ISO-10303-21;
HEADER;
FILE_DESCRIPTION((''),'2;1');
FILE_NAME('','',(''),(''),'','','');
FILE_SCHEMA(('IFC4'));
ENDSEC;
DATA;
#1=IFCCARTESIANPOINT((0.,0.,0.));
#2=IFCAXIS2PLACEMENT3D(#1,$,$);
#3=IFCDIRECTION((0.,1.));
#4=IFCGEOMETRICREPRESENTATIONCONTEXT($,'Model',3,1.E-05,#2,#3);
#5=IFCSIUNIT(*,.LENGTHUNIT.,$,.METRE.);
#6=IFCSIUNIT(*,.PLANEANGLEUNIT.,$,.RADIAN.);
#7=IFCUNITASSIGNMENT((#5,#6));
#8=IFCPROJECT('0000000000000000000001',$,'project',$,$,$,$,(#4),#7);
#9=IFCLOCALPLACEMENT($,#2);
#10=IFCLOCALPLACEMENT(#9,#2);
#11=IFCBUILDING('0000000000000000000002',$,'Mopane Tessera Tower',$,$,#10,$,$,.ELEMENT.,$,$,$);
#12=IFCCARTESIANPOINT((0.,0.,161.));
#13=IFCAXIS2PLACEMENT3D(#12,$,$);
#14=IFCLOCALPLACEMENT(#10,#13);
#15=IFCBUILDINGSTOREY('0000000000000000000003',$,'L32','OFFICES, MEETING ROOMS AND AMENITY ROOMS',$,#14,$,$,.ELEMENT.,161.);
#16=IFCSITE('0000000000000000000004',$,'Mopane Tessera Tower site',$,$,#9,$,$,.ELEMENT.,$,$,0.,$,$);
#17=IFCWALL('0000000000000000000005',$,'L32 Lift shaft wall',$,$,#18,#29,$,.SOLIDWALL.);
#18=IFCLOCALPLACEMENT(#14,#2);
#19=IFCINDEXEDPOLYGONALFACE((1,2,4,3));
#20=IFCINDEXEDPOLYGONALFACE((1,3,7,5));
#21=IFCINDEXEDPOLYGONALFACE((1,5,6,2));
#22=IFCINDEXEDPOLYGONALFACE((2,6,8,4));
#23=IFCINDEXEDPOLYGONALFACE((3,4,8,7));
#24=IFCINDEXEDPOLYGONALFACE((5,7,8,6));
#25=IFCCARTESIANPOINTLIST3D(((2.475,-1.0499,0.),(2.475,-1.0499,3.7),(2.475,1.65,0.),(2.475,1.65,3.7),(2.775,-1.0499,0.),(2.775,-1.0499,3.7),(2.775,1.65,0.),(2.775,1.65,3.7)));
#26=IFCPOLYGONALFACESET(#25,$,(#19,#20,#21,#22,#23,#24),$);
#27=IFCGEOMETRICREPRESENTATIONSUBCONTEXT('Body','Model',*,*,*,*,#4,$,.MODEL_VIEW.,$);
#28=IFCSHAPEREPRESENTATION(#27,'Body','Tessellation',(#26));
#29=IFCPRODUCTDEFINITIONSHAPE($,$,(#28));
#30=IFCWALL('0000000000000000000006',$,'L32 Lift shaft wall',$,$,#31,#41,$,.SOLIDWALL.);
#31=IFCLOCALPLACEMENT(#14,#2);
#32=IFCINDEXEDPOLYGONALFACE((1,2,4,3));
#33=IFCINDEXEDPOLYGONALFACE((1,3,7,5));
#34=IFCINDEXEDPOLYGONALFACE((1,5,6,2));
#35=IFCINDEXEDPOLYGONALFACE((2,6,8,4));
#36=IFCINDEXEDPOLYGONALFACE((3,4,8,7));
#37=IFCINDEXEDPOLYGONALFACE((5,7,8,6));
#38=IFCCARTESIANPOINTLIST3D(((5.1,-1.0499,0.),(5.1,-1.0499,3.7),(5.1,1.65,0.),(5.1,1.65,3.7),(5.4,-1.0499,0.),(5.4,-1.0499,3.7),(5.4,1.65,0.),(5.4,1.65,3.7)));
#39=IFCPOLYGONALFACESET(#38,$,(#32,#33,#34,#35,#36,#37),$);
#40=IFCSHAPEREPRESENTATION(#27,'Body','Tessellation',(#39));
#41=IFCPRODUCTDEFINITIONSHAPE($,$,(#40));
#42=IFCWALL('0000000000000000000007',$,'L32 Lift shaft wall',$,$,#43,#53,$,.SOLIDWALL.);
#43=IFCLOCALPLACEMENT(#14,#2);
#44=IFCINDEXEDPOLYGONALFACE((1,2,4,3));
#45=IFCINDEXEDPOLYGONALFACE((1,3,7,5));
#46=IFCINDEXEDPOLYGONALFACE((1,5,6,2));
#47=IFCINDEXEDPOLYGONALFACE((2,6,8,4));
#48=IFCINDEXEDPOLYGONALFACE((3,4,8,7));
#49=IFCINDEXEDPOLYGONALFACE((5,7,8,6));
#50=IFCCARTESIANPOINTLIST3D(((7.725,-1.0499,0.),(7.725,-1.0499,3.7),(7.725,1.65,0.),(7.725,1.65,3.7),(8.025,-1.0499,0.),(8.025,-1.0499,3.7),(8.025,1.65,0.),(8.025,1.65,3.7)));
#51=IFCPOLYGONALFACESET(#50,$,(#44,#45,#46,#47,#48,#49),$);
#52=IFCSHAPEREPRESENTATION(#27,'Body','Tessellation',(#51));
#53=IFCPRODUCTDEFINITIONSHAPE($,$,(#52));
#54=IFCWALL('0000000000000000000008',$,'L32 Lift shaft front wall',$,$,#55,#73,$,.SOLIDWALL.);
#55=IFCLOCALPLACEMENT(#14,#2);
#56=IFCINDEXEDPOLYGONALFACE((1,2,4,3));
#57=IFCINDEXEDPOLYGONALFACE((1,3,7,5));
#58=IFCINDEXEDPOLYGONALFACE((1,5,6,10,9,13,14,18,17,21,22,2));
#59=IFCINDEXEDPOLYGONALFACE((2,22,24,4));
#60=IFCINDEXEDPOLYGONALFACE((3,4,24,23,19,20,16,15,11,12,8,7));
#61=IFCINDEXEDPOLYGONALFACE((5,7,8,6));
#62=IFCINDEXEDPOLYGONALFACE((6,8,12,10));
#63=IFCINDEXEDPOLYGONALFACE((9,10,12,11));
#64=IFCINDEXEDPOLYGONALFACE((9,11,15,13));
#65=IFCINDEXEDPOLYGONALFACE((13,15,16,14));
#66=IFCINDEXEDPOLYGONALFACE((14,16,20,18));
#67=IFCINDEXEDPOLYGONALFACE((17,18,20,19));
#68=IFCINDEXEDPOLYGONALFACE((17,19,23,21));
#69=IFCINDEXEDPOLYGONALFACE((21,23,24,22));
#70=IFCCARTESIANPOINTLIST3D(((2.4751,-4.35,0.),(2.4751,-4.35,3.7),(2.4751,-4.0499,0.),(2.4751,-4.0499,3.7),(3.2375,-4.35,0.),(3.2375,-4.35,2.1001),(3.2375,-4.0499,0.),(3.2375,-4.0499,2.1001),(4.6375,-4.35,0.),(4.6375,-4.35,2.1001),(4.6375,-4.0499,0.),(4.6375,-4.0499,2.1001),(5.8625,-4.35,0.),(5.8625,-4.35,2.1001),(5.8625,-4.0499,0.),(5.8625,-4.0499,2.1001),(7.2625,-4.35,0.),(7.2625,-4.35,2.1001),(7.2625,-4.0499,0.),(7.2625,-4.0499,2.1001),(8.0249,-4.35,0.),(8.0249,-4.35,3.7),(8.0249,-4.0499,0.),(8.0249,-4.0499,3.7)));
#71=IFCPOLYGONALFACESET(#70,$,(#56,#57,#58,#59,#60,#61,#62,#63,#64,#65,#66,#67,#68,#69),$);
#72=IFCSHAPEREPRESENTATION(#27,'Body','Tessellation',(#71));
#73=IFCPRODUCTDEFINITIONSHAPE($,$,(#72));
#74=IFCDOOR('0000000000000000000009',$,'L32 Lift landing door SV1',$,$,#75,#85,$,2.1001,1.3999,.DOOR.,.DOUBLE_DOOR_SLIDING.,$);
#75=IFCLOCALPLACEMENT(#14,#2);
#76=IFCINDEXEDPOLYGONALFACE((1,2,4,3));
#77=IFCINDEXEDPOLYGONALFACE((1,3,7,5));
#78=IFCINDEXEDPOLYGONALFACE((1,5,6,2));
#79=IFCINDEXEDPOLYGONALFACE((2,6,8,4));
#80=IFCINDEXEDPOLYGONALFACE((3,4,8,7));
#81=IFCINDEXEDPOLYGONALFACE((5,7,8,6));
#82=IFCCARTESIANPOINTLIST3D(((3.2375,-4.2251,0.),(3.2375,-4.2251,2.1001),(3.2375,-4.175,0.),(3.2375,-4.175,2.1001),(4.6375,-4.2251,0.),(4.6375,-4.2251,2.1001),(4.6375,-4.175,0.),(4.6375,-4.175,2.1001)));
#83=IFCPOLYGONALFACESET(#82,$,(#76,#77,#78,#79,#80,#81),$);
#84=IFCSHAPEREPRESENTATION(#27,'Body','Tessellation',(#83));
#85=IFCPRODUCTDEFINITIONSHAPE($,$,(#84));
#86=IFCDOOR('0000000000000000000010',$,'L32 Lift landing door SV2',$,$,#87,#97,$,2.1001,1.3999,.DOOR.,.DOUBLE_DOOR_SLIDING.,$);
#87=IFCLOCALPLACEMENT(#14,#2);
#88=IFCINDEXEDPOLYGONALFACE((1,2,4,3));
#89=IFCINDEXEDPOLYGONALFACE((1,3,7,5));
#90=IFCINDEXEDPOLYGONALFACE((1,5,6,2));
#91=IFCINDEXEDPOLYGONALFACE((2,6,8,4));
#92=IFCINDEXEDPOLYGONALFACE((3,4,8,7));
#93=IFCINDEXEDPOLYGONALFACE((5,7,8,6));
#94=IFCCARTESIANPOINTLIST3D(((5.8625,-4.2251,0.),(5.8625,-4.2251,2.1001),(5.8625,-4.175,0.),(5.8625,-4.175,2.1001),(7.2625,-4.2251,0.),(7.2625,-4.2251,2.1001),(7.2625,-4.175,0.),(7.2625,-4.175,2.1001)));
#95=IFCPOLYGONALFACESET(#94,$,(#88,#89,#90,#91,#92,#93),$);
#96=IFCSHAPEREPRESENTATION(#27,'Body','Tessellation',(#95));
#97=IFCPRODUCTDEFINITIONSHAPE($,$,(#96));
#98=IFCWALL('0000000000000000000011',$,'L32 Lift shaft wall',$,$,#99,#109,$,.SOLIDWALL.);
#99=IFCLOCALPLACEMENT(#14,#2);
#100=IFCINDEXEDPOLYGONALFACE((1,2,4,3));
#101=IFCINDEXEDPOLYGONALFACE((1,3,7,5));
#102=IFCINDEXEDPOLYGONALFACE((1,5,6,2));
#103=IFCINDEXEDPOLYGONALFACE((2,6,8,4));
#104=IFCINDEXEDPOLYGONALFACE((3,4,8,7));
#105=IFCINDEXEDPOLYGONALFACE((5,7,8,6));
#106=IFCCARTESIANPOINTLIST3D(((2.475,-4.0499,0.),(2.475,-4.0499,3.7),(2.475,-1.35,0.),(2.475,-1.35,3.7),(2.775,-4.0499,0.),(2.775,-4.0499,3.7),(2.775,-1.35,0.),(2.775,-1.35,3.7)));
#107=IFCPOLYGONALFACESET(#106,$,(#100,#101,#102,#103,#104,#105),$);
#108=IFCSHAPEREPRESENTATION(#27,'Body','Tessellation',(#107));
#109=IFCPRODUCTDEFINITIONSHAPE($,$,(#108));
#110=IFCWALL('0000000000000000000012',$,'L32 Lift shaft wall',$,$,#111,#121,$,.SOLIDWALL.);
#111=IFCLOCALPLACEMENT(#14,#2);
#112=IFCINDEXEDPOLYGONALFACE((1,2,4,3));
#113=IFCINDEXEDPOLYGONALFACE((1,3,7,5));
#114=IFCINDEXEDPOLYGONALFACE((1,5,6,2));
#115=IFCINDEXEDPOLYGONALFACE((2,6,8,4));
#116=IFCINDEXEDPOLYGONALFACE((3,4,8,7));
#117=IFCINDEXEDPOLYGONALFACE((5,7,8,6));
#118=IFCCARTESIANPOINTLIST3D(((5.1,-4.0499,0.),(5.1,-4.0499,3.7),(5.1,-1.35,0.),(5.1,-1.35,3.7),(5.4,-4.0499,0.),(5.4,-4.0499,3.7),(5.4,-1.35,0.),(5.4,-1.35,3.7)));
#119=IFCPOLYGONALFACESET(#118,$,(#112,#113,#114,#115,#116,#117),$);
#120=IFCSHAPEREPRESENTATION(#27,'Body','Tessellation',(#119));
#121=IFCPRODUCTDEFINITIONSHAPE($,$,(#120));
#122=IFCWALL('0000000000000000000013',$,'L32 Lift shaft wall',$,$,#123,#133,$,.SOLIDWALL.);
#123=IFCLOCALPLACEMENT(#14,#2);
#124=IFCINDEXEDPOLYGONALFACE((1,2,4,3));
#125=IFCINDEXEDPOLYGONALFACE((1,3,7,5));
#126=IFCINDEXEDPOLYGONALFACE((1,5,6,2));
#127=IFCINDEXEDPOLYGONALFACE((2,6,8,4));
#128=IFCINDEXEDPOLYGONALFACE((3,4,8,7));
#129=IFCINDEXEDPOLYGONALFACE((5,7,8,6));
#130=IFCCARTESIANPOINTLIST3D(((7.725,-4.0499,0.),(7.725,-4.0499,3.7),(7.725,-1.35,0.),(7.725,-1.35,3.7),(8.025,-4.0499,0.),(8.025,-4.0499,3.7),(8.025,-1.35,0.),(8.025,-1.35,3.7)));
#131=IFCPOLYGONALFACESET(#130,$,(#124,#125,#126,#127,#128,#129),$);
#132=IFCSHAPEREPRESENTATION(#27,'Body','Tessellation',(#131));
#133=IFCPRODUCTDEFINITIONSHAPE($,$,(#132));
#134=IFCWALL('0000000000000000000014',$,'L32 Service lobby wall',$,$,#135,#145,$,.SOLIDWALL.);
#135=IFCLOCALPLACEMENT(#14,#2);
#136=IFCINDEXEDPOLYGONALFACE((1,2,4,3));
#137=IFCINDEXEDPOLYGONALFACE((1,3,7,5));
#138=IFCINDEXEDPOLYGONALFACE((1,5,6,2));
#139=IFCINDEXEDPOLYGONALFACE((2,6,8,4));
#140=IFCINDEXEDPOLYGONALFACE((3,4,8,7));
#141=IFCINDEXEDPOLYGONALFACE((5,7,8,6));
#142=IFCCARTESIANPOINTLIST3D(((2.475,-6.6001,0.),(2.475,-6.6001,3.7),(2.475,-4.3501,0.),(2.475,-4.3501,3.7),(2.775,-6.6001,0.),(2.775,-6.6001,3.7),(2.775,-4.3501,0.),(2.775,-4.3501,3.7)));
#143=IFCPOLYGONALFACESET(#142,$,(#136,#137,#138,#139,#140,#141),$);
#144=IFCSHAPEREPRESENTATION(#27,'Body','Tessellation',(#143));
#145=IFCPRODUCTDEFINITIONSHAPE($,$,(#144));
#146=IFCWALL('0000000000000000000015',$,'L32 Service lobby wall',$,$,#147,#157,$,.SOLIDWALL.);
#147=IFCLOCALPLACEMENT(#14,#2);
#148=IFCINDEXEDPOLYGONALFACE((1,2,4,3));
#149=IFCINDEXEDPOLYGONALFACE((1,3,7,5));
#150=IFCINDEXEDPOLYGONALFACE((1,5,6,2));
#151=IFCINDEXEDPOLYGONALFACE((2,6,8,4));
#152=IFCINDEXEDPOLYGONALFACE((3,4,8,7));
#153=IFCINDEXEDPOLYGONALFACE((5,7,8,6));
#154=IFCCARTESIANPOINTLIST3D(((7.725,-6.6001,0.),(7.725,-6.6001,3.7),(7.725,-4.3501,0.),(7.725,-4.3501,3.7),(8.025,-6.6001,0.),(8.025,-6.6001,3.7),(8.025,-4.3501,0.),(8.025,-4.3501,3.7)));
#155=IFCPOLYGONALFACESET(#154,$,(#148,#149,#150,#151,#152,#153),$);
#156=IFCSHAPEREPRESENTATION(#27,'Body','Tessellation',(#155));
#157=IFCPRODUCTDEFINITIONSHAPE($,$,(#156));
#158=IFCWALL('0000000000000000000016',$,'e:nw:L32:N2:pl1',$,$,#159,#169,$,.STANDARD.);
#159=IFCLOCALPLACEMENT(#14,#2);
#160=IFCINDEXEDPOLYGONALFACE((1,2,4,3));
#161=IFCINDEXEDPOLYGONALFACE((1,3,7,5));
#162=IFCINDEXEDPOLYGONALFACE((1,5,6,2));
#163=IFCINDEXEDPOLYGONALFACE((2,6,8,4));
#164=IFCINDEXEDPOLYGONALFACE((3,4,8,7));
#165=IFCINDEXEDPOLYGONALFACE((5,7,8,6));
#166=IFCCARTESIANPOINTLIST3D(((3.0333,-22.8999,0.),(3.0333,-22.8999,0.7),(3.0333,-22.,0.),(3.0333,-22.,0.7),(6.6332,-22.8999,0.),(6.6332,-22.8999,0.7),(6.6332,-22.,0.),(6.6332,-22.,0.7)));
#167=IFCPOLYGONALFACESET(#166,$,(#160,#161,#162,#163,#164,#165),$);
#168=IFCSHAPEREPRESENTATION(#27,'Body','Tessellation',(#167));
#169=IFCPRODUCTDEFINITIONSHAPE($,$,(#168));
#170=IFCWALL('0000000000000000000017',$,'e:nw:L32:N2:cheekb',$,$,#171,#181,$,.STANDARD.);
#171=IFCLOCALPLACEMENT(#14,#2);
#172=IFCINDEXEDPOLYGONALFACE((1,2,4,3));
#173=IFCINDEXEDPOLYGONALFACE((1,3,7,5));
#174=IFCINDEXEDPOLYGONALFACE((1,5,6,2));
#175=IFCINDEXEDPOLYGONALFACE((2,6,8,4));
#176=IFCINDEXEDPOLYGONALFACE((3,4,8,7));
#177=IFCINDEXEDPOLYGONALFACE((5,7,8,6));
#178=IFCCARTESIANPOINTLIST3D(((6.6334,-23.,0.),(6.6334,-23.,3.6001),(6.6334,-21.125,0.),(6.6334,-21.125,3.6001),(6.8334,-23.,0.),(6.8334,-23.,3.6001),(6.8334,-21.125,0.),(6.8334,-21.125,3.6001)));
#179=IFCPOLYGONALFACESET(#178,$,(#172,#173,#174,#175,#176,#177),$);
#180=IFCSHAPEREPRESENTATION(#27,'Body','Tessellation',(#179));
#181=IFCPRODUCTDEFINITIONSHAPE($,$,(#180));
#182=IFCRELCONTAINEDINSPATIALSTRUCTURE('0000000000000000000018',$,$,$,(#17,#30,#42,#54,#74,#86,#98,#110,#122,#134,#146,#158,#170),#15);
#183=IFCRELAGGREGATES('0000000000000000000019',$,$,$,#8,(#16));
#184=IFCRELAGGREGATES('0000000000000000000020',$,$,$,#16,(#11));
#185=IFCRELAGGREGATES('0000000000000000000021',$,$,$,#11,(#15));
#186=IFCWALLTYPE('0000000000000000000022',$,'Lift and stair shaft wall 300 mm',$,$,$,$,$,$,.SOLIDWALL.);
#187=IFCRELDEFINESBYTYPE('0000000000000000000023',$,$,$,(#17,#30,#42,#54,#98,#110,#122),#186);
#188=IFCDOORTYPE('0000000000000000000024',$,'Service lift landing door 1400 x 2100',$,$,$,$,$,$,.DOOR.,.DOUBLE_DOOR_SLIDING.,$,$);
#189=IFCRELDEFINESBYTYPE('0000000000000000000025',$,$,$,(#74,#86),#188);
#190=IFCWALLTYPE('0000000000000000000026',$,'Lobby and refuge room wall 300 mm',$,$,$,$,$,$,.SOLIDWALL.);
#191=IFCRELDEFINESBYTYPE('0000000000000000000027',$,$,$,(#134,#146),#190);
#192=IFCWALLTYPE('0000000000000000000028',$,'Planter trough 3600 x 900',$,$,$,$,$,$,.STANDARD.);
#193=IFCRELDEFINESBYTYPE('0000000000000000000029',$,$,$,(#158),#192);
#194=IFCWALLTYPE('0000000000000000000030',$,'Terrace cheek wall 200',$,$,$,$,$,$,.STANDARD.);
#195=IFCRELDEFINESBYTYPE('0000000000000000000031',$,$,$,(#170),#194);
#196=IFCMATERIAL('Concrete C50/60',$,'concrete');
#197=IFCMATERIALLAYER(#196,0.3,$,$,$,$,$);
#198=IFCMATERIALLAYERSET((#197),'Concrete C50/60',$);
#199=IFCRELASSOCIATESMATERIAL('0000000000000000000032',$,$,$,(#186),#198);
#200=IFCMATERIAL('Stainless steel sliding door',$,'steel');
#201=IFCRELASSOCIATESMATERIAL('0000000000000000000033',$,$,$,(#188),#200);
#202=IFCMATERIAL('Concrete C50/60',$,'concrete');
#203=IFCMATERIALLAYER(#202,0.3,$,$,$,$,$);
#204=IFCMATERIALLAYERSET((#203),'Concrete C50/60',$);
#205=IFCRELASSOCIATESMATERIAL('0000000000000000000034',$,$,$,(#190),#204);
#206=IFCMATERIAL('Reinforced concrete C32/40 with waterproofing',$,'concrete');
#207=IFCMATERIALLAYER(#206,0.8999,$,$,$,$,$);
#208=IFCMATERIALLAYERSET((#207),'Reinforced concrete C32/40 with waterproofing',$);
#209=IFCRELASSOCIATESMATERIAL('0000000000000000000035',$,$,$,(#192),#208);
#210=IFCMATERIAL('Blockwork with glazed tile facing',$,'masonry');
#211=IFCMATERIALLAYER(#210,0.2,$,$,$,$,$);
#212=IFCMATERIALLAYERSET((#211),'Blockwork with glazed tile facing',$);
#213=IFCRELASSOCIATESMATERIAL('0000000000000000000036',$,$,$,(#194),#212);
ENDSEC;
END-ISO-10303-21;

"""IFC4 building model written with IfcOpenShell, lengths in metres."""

from ifc_helpers import new_model, si_unit, direction, frame, frame_2d, origin, place, context, subcontext, project, spatial, rectangle, extrude, material, layer, layer_set, type_object, element, fill, save


model = new_model("IFC4")

# Units and contexts
model_context = context("Model", 3, precision=1e-05, world=origin(), true_north=direction((0.0, 1.0)))
body_context = subcontext(model_context, "Body", "Model", "MODEL_VIEW")
ifc_project = project(units=[si_unit("LENGTHUNIT", "METRE"), si_unit("PLANEANGLEUNIT", "RADIAN")], contexts=[model_context])

# Site, building, storey
site_placement = place(None, origin())
site = spatial("IfcSite", under=ifc_project, at=site_placement, Name="Mopane Tessera Tower site", CompositionType="ELEMENT", RefElevation=0.0)
building_placement = place(site_placement, origin())
building = spatial("IfcBuilding", under=site, at=building_placement, Name="Mopane Tessera Tower", CompositionType="ELEMENT")
storey_placement = place(building_placement, frame((0.0, 0.0, 161.0)))
storey = spatial("IfcBuildingStorey", under=building, at=storey_placement, Name="L32", Description="OFFICES, MEETING ROOMS AND AMENITY ROOMS", CompositionType="ELEMENT", Elevation=161.0)

# Walls
ifc_material_1 = material(Name="Concrete C50/60", Category="concrete")
ifc_layer_1 = layer(ifc_material_1, 0.3)
ifc_layer_set_1 = layer_set([ifc_layer_1], Name="Concrete C50/60")
wall_type_1 = type_object("IfcWallType", Name="Lift and stair shaft wall 300 mm", PredefinedType="SOLIDWALL", material=ifc_layer_set_1)
for number, where, z_axis, x_axis, name in (
    (1, (2.625, -1.05, 0.0), (0.0, 0.0, 1.0), (0.0, 1.0, 0.0), "L32 Lift shaft wall"),
    (2, (5.25, -1.05, 0.0), (0.0, 0.0, 1.0), (0.0, 1.0, 0.0), "L32 Lift shaft wall"),
    (3, (7.875, -1.05, 0.0), (0.0, 0.0, 1.0), (0.0, 1.0, 0.0), "L32 Lift shaft wall"),
):
    element("IfcWall", number, at=place(storey_placement, frame(where, z_axis=z_axis, x_axis=x_axis)), inside=storey, type_object=wall_type_1, Name=name, PredefinedType="SOLIDWALL", context=body_context, shape_type="SweptSolid", body=[
        extrude(rectangle(XDim=2.7, YDim=0.3, at=frame_2d((1.3501, 0.0))), origin(), (0.0, 0.0, 1.0), 3.7),
    ])

# Wall, openings, doors
wall_1_placement = place(storey_placement, frame((2.4751, -4.2, 0.0), z_axis=(0.0, 0.0, 1.0), x_axis=(1.0, 0.0, 0.0)))
wall_1 = element("IfcWall", 4, at=wall_1_placement, inside=storey, type_object=wall_type_1, Name="L32 Lift shaft front wall", PredefinedType="SOLIDWALL", context=body_context, shape_type="SweptSolid", body=[
    extrude(rectangle(XDim=5.5498, YDim=0.3, at=frame_2d((2.7749, 0.0))), origin(), (0.0, 0.0, 1.0), 3.7),
])
opening_1_placement = place(wall_1_placement, frame((0.7625, 0.0, 0.0)))
opening_1 = element("IfcOpeningElement", 5, at=opening_1_placement, cuts=wall_1, PredefinedType="OPENING", context=body_context, shape_type="SweptSolid", body=[
    extrude(rectangle(XDim=1.3999, YDim=2.1001, at=frame_2d((0.7, 1.05))), frame((0.0, 0.1621, 0.0), z_axis=(0.0, -1.0, 0.0), x_axis=(1.0, 0.0, 0.0)), (0.0, 0.0, 1.0), 0.324),
])
opening_2_placement = place(wall_1_placement, frame((3.3875, 0.0, 0.0)))
opening_2 = element("IfcOpeningElement", 6, at=opening_2_placement, cuts=wall_1, PredefinedType="OPENING", context=body_context, shape_type="SweptSolid", body=[
    extrude(rectangle(XDim=1.3999, YDim=2.1001, at=frame_2d((0.7, 1.05))), frame((0.0, 0.1621, 0.0), z_axis=(0.0, -1.0, 0.0), x_axis=(1.0, 0.0, 0.0)), (0.0, 0.0, 1.0), 0.324),
])
ifc_material_2 = material(Name="Stainless steel sliding door", Category="steel")
door_type = type_object("IfcDoorType", Name="Service lift landing door 1400 x 2100", OperationType="DOUBLE_DOOR_SLIDING", PredefinedType="DOOR", material=ifc_material_2)
door_1_placement = place(opening_1_placement, origin())
door_1 = element("IfcDoor", 7, at=door_1_placement, inside=storey, type_object=door_type, Name="L32 Lift landing door SV1", OperationType="DOUBLE_DOOR_SLIDING", OverallHeight=2.1001, OverallWidth=1.3999, PredefinedType="DOOR", context=body_context, shape_type="SweptSolid", body=[
    extrude(rectangle(XDim=1.3999, YDim=2.1001, at=frame_2d((0.7, 1.05))), frame((0.0, 0.0249, 0.0), z_axis=(0.0, -1.0, 0.0), x_axis=(1.0, 0.0, 0.0)), (0.0, 0.0, 1.0), 0.05),
])
fill(opening_1, door_1)
door_2_placement = place(opening_2_placement, origin())
door_2 = element("IfcDoor", 8, at=door_2_placement, inside=storey, type_object=door_type, Name="L32 Lift landing door SV2", OperationType="DOUBLE_DOOR_SLIDING", OverallHeight=2.1001, OverallWidth=1.3999, PredefinedType="DOOR", context=body_context, shape_type="SweptSolid", body=[
    extrude(rectangle(XDim=1.3999, YDim=2.1001, at=frame_2d((0.7, 1.05))), frame((0.0, 0.0249, 0.0), z_axis=(0.0, -1.0, 0.0), x_axis=(1.0, 0.0, 0.0)), (0.0, 0.0, 1.0), 0.05),
])
fill(opening_2, door_2)

# Walls
for number, where, z_axis, x_axis, name in (
    (9, (2.625, -4.05, 0.0), (0.0, 0.0, 1.0), (0.0, 1.0, 0.0), "L32 Lift shaft wall"),
    (10, (5.25, -4.05, 0.0), (0.0, 0.0, 1.0), (0.0, 1.0, 0.0), "L32 Lift shaft wall"),
    (11, (7.875, -4.05, 0.0), (0.0, 0.0, 1.0), (0.0, 1.0, 0.0), "L32 Lift shaft wall"),
):
    element("IfcWall", number, at=place(storey_placement, frame(where, z_axis=z_axis, x_axis=x_axis)), inside=storey, type_object=wall_type_1, Name=name, PredefinedType="SOLIDWALL", context=body_context, shape_type="SweptSolid", body=[
        extrude(rectangle(XDim=2.7, YDim=0.3, at=frame_2d((1.3501, 0.0))), origin(), (0.0, 0.0, 1.0), 3.7),
    ])
ifc_material_3 = material(Name="Concrete C50/60", Category="concrete")
ifc_layer_2 = layer(ifc_material_3, 0.3)
ifc_layer_set_2 = layer_set([ifc_layer_2], Name="Concrete C50/60")
wall_type_2 = type_object("IfcWallType", Name="Lobby and refuge room wall 300 mm", PredefinedType="SOLIDWALL", material=ifc_layer_set_2)
for number, where, z_axis, x_axis, name in (
    (12, (2.625, -6.6001, 0.0), (0.0, 0.0, 1.0), (0.0, 1.0, 0.0), "L32 Service lobby wall"),
    (13, (7.875, -6.6001, 0.0), (0.0, 0.0, 1.0), (0.0, 1.0, 0.0), "L32 Service lobby wall"),
):
    element("IfcWall", number, at=place(storey_placement, frame(where, z_axis=z_axis, x_axis=x_axis)), inside=storey, type_object=wall_type_2, Name=name, PredefinedType="SOLIDWALL", context=body_context, shape_type="SweptSolid", body=[
        extrude(rectangle(XDim=2.25, YDim=0.3, at=frame_2d((1.125, 0.0))), origin(), (0.0, 0.0, 1.0), 3.7),
    ])
ifc_material_4 = material(Name="Reinforced concrete C32/40 with waterproofing", Category="concrete")
ifc_layer_3 = layer(ifc_material_4, 0.8999)
ifc_layer_set_3 = layer_set([ifc_layer_3], Name="Reinforced concrete C32/40 with waterproofing")
wall_type_3 = type_object("IfcWallType", Name="Planter trough 3600 x 900", PredefinedType="STANDARD", material=ifc_layer_set_3)
wall_2_placement = place(storey_placement, frame((3.0334, -22.45, 0.0), z_axis=(0.0, 0.0, 1.0), x_axis=(1.0, 0.0, 0.0)))
element("IfcWall", 14, at=wall_2_placement, inside=storey, type_object=wall_type_3, Name="e:nw:L32:N2:pl1", PredefinedType="STANDARD", context=body_context, shape_type="SweptSolid", body=[
    extrude(rectangle(XDim=3.5999, YDim=0.8999, at=frame_2d((1.7998, 0.0))), origin(), (0.0, 0.0, 1.0), 0.7),
])
ifc_material_5 = material(Name="Blockwork with glazed tile facing", Category="masonry")
ifc_layer_4 = layer(ifc_material_5, 0.2)
ifc_layer_set_4 = layer_set([ifc_layer_4], Name="Blockwork with glazed tile facing")
wall_type_4 = type_object("IfcWallType", Name="Terrace cheek wall 200", PredefinedType="STANDARD", material=ifc_layer_set_4)
wall_3_placement = place(storey_placement, frame((6.7334, -23.0, 0.0), z_axis=(0.0, 0.0, 1.0), x_axis=(0.0, 1.0, 0.0)))
element("IfcWall", 15, at=wall_3_placement, inside=storey, type_object=wall_type_4, Name="e:nw:L32:N2:cheekb", PredefinedType="STANDARD", context=body_context, shape_type="SweptSolid", body=[
    extrude(rectangle(XDim=1.875, YDim=0.2, at=frame_2d((0.9375, 0.0))), origin(), (0.0, 0.0, 1.0), 3.6001),
])

save(model, "model.ifc")
